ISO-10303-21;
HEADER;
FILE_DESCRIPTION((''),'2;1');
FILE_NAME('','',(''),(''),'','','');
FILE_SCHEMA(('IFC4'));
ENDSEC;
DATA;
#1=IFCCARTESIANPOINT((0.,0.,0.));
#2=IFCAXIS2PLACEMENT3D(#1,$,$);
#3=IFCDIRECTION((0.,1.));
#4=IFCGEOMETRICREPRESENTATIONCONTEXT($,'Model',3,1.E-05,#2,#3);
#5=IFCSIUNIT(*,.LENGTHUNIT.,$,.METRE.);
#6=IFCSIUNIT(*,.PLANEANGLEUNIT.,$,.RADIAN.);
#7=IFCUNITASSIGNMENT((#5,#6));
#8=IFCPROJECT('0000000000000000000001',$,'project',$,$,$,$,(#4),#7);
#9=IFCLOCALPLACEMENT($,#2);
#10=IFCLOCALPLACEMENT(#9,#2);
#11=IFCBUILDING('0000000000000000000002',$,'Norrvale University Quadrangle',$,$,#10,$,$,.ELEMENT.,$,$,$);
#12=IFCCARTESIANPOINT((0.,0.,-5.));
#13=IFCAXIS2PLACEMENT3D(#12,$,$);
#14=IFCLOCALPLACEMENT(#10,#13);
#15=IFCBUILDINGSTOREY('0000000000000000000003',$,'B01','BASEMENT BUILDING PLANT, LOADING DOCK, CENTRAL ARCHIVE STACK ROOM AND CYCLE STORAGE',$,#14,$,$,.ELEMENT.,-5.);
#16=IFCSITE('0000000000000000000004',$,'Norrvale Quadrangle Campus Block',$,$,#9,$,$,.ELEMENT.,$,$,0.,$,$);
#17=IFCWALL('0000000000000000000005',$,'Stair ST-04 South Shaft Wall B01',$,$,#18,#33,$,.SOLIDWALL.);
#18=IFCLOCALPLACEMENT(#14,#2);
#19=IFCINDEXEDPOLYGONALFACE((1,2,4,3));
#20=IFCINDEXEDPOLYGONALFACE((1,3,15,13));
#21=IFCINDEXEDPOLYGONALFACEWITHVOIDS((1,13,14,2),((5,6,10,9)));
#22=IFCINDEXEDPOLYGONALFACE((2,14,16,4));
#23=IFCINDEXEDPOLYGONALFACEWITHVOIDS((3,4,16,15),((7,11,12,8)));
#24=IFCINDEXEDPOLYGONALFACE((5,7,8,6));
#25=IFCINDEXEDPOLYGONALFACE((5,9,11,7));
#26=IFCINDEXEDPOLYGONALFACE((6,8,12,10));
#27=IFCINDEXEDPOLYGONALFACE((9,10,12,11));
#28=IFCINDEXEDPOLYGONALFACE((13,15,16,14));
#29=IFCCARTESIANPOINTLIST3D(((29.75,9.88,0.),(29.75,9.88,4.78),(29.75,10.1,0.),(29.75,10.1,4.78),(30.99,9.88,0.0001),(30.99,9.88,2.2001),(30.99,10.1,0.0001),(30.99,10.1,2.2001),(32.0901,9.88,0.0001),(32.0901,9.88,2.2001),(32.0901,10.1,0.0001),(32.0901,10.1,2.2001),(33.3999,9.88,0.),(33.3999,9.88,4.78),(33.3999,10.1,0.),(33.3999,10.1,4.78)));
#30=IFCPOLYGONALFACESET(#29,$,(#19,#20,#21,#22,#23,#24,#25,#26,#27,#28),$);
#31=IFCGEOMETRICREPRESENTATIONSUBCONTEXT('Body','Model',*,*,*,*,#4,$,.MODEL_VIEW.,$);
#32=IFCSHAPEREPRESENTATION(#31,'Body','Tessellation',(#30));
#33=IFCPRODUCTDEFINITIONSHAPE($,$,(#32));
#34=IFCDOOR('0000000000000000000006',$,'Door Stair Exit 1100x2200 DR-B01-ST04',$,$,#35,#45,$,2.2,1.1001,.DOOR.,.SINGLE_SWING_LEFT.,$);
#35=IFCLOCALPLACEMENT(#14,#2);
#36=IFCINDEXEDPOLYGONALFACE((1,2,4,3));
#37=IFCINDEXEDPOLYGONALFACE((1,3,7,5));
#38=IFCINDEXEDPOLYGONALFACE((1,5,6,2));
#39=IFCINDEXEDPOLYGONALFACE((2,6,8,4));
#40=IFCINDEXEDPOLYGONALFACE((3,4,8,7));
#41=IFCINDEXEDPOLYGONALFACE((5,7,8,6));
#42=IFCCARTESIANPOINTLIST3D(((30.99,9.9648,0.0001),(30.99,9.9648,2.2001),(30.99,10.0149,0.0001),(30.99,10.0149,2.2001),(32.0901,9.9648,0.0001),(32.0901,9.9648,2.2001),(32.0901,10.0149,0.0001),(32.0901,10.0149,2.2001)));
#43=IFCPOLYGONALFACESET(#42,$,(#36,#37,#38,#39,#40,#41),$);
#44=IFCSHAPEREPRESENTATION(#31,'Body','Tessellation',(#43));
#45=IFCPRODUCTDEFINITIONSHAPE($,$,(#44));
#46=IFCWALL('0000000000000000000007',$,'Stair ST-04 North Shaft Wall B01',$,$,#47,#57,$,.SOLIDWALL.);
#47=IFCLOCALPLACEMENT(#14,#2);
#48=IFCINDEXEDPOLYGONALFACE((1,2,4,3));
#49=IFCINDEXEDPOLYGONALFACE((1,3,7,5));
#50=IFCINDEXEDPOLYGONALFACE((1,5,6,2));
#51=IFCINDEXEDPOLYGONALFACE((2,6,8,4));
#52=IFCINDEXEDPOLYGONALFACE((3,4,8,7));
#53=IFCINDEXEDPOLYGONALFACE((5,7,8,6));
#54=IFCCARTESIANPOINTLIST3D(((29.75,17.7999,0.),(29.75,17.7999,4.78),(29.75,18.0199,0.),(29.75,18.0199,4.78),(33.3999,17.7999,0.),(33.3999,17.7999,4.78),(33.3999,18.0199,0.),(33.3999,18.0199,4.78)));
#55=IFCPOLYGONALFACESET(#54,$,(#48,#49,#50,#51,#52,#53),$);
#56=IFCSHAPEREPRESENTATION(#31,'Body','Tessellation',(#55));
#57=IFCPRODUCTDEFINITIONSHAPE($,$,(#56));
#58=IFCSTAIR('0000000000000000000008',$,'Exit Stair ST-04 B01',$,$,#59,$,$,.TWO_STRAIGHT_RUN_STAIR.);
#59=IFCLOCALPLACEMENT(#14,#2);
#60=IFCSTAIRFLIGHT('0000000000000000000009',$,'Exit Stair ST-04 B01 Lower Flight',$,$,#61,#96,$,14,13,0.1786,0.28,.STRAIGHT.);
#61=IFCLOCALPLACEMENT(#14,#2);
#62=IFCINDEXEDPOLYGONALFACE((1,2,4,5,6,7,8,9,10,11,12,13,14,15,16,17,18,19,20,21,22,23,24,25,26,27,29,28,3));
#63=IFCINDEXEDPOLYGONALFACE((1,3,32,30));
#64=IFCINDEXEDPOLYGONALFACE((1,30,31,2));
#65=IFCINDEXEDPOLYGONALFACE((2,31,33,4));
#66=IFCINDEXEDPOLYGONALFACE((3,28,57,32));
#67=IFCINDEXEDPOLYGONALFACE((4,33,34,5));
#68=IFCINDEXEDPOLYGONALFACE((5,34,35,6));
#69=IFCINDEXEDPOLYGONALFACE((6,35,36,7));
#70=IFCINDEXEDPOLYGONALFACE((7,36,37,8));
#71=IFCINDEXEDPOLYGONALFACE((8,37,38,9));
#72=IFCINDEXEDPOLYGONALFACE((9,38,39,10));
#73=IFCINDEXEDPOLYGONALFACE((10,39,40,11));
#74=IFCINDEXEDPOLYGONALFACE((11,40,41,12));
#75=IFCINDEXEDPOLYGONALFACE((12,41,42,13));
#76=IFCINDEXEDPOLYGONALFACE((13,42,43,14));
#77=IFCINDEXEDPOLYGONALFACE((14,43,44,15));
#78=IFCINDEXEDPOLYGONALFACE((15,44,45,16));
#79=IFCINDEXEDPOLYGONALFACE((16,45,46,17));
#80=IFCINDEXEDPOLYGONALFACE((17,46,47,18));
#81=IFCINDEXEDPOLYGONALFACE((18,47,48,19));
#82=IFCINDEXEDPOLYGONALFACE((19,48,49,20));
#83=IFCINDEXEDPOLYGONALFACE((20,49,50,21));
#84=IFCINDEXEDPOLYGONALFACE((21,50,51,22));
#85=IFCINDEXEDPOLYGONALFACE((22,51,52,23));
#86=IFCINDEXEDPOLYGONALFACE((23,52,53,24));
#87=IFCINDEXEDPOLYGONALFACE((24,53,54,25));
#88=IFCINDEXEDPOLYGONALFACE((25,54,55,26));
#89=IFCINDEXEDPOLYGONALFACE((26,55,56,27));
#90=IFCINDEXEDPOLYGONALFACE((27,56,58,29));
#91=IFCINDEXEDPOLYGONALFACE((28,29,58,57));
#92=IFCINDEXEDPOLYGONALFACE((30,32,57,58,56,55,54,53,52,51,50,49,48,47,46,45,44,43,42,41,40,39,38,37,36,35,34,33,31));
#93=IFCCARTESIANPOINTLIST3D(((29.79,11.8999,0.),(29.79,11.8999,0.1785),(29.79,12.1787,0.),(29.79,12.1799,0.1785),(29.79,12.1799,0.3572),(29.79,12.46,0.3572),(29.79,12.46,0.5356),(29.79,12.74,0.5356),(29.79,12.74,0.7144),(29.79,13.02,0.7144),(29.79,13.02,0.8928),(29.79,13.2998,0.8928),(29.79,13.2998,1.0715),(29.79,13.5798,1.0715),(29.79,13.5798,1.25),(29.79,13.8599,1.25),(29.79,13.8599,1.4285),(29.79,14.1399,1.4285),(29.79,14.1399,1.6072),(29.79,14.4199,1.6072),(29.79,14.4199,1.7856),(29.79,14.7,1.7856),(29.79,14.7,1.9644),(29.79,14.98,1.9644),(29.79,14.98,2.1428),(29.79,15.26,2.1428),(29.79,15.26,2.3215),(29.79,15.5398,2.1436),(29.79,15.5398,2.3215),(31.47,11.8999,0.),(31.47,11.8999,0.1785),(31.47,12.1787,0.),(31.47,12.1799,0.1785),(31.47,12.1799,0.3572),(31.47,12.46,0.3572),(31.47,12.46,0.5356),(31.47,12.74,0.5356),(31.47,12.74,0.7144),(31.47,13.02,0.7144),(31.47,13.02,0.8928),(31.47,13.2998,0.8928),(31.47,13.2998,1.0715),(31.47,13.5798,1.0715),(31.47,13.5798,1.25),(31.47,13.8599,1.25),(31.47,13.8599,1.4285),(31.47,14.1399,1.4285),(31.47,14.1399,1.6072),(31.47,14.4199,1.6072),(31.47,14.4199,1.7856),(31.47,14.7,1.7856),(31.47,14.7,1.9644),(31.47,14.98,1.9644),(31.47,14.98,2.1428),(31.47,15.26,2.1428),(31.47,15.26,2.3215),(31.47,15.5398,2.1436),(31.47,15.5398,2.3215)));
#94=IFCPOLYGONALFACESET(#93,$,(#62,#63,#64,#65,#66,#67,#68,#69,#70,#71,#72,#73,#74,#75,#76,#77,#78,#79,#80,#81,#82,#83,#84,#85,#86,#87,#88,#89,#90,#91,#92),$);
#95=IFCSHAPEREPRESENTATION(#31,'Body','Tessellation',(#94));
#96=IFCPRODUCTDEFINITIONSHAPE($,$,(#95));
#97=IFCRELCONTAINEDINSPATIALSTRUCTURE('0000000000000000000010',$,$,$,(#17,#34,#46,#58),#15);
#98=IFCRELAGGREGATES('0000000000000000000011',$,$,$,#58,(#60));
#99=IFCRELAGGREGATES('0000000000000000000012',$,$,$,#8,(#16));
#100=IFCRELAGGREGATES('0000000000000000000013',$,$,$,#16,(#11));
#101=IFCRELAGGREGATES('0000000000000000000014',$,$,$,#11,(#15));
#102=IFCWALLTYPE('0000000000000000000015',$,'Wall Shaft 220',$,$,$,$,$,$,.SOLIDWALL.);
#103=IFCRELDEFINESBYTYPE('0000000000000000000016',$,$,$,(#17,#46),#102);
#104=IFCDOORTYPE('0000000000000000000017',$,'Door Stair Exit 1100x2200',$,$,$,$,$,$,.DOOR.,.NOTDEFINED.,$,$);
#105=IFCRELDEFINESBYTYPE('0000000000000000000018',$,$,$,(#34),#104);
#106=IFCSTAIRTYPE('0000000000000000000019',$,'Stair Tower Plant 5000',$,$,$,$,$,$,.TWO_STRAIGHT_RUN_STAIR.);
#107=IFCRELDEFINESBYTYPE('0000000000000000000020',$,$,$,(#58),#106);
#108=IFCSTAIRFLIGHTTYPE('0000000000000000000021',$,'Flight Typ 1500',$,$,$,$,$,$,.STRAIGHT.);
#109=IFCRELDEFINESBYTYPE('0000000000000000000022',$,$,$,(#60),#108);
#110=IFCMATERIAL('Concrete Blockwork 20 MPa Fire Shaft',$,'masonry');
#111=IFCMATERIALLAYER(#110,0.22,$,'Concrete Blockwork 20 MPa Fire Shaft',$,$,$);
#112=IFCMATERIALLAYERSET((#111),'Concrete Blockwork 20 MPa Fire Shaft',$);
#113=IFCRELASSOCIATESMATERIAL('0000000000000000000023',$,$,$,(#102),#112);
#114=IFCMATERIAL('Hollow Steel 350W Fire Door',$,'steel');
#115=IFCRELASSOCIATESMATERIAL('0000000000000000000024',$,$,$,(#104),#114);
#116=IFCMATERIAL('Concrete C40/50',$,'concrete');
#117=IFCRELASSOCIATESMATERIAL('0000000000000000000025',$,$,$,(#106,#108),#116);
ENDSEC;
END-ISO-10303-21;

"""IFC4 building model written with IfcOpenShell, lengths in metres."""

from ifc_helpers import new_model, si_unit, direction, frame, frame_2d, origin, place, context, subcontext, project, spatial, polyline, rectangle, outline, extrude, material, layer, layer_set, type_object, element, fill, aggregate, save


model = new_model("IFC4")

# Units and contexts
model_context = context("Model", 3, precision=1e-05, world=origin(), true_north=direction((0.0, 1.0)))
body_context = subcontext(model_context, "Body", "Model", "MODEL_VIEW")
ifc_project = project(units=[si_unit("LENGTHUNIT", "METRE"), si_unit("PLANEANGLEUNIT", "RADIAN")], contexts=[model_context])

# Site, building, storey
site_placement = place(None, origin())
site = spatial("IfcSite", under=ifc_project, at=site_placement, Name="Norrvale Quadrangle Campus Block", CompositionType="ELEMENT", RefElevation=0.0)
building_placement = place(site_placement, origin())
building = spatial("IfcBuilding", under=site, at=building_placement, Name="Norrvale University Quadrangle", CompositionType="ELEMENT")
storey_placement = place(building_placement, frame((0.0, 0.0, -5.0)))
storey = spatial("IfcBuildingStorey", under=building, at=storey_placement, Name="B01", Description="BASEMENT BUILDING PLANT, LOADING DOCK, CENTRAL ARCHIVE STACK ROOM AND CYCLE STORAGE", CompositionType="ELEMENT", Elevation=-5.0)

# Shared definitions
ifc_material_1 = material(Name="Hollow Steel 350W Fire Door", Category="steel")

# Wall, opening, door
ifc_material_2 = material(Name="Concrete Blockwork 20 MPa Fire Shaft", Category="masonry")
ifc_layer_1 = layer(ifc_material_2, 0.22, Name="Concrete Blockwork 20 MPa Fire Shaft")
ifc_layer_set_1 = layer_set([ifc_layer_1], Name="Concrete Blockwork 20 MPa Fire Shaft")
wall_type_1 = type_object("IfcWallType", Name="Wall Shaft 220", PredefinedType="SOLIDWALL", material=ifc_layer_set_1)
wall_1_placement = place(storey_placement, frame((29.75, 9.99, 0.0), z_axis=(0.0, 0.0, 1.0), x_axis=(1.0, 0.0, 0.0)))
wall_1 = element("IfcWall", 1, at=wall_1_placement, inside=storey, type_object=wall_type_1, Name="Stair ST-04 South Shaft Wall B01", PredefinedType="SOLIDWALL", context=body_context, shape_type="SweptSolid", body=[
    extrude(rectangle(XDim=3.6499, YDim=0.22, at=frame_2d((1.825, 0.0))), origin(), (0.0, 0.0, 1.0), 4.78),
])
opening_1_placement = place(wall_1_placement, frame((1.24, 0.0, 0.0)))
opening_1 = element("IfcOpeningElement", 2, at=opening_1_placement, cuts=wall_1, PredefinedType="OPENING", context=body_context, shape_type="SweptSolid", body=[
    extrude(rectangle(XDim=1.1001, YDim=2.2, at=frame_2d((0.55, 1.1001))), frame((0.0, 0.1221, 0.0), z_axis=(0.0, -1.0, 0.0), x_axis=(1.0, 0.0, 0.0)), (0.0, 0.0, 1.0), 0.2439),
])
door_type_1 = type_object("IfcDoorType", Name="Door Stair Exit 1100x2200", OperationType="NOTDEFINED", PredefinedType="DOOR", material=ifc_material_1)
door_1_placement = place(opening_1_placement, origin())
door_1 = element("IfcDoor", 3, at=door_1_placement, inside=storey, type_object=door_type_1, Name="Door Stair Exit 1100x2200 DR-B01-ST04", OperationType="SINGLE_SWING_LEFT", OverallHeight=2.2, OverallWidth=1.1001, PredefinedType="DOOR", context=body_context, shape_type="SweptSolid", body=[
    extrude(rectangle(XDim=1.1001, YDim=2.2, at=frame_2d((0.55, 1.1001))), frame((0.0, 0.0249, 0.0), z_axis=(0.0, -1.0, 0.0), x_axis=(1.0, 0.0, 0.0)), (0.0, 0.0, 1.0), 0.05),
])
fill(opening_1, door_1)

# Wall
wall_2_placement = place(storey_placement, frame((29.75, 17.9099, 0.0), z_axis=(0.0, 0.0, 1.0), x_axis=(1.0, 0.0, 0.0)))
element("IfcWall", 4, at=wall_2_placement, inside=storey, type_object=wall_type_1, Name="Stair ST-04 North Shaft Wall B01", PredefinedType="SOLIDWALL", context=body_context, shape_type="SweptSolid", body=[
    extrude(rectangle(XDim=3.6499, YDim=0.22, at=frame_2d((1.825, 0.0))), origin(), (0.0, 0.0, 1.0), 4.78),
])

# Stair, stair flight
ifc_material_3 = material(Name="Concrete C40/50", Category="concrete")
stair_type = type_object("IfcStairType", Name="Stair Tower Plant 5000", PredefinedType="TWO_STRAIGHT_RUN_STAIR", material=ifc_material_3)
stair_placement = place(storey_placement, origin())
stair = element("IfcStair", 5, at=stair_placement, inside=storey, type_object=stair_type, Name="Exit Stair ST-04 B01", PredefinedType="TWO_STRAIGHT_RUN_STAIR")
stair_flight_type = type_object("IfcStairFlightType", Name="Flight Typ 1500", PredefinedType="STRAIGHT", material=ifc_material_3)
stair_flight_placement = place(storey_placement, frame((30.6299, 11.8999, 0.0), z_axis=(0.0, 0.0, 1.0), x_axis=(0.0, 1.0, 0.0)))
stair_flight = element("IfcStairFlight", 6, at=stair_flight_placement, type_object=stair_flight_type, Name="Exit Stair ST-04 B01 Lower Flight", NumberOfRisers=14, NumberOfTreads=13, PredefinedType="STRAIGHT", RiserHeight=0.1786, TreadLength=0.28, context=body_context, shape_type="SweptSolid", body=[
    extrude(outline(polyline([(0.0, 0.0), (0.0, 0.1785), (0.28, 0.1785), (0.28, 0.3572), (0.5601, 0.3572), (0.5601, 0.5356), (0.8401, 0.5356), (0.8401, 0.7144), (1.1201, 0.7144), (1.1201, 0.8928), (1.3999, 0.8928), (1.3999, 1.0715), (1.6799, 1.0715), (1.6799, 1.25), (1.96, 1.25), (1.96, 1.4285), (2.24, 1.4285), (2.24, 1.6072), (2.52, 1.6072), (2.52, 1.7856), (2.8, 1.7856), (2.8, 1.9644), (3.0801, 1.9644), (3.0801, 2.1428), (3.3601, 2.1428), (3.3601, 2.3215), (3.6399, 2.3215), (3.6399, 2.5), (3.6399, 2.1436), (0.2788, 0.0), (0.0, 0.0)])), frame((0.0, 0.8398, 0.0), z_axis=(0.0, -1.0, 0.0), x_axis=(1.0, 0.0, 0.0)), (0.0, 0.0, 1.0), 1.6799),
])
aggregate(stair, [stair_flight])

save(model, "model.ifc")
